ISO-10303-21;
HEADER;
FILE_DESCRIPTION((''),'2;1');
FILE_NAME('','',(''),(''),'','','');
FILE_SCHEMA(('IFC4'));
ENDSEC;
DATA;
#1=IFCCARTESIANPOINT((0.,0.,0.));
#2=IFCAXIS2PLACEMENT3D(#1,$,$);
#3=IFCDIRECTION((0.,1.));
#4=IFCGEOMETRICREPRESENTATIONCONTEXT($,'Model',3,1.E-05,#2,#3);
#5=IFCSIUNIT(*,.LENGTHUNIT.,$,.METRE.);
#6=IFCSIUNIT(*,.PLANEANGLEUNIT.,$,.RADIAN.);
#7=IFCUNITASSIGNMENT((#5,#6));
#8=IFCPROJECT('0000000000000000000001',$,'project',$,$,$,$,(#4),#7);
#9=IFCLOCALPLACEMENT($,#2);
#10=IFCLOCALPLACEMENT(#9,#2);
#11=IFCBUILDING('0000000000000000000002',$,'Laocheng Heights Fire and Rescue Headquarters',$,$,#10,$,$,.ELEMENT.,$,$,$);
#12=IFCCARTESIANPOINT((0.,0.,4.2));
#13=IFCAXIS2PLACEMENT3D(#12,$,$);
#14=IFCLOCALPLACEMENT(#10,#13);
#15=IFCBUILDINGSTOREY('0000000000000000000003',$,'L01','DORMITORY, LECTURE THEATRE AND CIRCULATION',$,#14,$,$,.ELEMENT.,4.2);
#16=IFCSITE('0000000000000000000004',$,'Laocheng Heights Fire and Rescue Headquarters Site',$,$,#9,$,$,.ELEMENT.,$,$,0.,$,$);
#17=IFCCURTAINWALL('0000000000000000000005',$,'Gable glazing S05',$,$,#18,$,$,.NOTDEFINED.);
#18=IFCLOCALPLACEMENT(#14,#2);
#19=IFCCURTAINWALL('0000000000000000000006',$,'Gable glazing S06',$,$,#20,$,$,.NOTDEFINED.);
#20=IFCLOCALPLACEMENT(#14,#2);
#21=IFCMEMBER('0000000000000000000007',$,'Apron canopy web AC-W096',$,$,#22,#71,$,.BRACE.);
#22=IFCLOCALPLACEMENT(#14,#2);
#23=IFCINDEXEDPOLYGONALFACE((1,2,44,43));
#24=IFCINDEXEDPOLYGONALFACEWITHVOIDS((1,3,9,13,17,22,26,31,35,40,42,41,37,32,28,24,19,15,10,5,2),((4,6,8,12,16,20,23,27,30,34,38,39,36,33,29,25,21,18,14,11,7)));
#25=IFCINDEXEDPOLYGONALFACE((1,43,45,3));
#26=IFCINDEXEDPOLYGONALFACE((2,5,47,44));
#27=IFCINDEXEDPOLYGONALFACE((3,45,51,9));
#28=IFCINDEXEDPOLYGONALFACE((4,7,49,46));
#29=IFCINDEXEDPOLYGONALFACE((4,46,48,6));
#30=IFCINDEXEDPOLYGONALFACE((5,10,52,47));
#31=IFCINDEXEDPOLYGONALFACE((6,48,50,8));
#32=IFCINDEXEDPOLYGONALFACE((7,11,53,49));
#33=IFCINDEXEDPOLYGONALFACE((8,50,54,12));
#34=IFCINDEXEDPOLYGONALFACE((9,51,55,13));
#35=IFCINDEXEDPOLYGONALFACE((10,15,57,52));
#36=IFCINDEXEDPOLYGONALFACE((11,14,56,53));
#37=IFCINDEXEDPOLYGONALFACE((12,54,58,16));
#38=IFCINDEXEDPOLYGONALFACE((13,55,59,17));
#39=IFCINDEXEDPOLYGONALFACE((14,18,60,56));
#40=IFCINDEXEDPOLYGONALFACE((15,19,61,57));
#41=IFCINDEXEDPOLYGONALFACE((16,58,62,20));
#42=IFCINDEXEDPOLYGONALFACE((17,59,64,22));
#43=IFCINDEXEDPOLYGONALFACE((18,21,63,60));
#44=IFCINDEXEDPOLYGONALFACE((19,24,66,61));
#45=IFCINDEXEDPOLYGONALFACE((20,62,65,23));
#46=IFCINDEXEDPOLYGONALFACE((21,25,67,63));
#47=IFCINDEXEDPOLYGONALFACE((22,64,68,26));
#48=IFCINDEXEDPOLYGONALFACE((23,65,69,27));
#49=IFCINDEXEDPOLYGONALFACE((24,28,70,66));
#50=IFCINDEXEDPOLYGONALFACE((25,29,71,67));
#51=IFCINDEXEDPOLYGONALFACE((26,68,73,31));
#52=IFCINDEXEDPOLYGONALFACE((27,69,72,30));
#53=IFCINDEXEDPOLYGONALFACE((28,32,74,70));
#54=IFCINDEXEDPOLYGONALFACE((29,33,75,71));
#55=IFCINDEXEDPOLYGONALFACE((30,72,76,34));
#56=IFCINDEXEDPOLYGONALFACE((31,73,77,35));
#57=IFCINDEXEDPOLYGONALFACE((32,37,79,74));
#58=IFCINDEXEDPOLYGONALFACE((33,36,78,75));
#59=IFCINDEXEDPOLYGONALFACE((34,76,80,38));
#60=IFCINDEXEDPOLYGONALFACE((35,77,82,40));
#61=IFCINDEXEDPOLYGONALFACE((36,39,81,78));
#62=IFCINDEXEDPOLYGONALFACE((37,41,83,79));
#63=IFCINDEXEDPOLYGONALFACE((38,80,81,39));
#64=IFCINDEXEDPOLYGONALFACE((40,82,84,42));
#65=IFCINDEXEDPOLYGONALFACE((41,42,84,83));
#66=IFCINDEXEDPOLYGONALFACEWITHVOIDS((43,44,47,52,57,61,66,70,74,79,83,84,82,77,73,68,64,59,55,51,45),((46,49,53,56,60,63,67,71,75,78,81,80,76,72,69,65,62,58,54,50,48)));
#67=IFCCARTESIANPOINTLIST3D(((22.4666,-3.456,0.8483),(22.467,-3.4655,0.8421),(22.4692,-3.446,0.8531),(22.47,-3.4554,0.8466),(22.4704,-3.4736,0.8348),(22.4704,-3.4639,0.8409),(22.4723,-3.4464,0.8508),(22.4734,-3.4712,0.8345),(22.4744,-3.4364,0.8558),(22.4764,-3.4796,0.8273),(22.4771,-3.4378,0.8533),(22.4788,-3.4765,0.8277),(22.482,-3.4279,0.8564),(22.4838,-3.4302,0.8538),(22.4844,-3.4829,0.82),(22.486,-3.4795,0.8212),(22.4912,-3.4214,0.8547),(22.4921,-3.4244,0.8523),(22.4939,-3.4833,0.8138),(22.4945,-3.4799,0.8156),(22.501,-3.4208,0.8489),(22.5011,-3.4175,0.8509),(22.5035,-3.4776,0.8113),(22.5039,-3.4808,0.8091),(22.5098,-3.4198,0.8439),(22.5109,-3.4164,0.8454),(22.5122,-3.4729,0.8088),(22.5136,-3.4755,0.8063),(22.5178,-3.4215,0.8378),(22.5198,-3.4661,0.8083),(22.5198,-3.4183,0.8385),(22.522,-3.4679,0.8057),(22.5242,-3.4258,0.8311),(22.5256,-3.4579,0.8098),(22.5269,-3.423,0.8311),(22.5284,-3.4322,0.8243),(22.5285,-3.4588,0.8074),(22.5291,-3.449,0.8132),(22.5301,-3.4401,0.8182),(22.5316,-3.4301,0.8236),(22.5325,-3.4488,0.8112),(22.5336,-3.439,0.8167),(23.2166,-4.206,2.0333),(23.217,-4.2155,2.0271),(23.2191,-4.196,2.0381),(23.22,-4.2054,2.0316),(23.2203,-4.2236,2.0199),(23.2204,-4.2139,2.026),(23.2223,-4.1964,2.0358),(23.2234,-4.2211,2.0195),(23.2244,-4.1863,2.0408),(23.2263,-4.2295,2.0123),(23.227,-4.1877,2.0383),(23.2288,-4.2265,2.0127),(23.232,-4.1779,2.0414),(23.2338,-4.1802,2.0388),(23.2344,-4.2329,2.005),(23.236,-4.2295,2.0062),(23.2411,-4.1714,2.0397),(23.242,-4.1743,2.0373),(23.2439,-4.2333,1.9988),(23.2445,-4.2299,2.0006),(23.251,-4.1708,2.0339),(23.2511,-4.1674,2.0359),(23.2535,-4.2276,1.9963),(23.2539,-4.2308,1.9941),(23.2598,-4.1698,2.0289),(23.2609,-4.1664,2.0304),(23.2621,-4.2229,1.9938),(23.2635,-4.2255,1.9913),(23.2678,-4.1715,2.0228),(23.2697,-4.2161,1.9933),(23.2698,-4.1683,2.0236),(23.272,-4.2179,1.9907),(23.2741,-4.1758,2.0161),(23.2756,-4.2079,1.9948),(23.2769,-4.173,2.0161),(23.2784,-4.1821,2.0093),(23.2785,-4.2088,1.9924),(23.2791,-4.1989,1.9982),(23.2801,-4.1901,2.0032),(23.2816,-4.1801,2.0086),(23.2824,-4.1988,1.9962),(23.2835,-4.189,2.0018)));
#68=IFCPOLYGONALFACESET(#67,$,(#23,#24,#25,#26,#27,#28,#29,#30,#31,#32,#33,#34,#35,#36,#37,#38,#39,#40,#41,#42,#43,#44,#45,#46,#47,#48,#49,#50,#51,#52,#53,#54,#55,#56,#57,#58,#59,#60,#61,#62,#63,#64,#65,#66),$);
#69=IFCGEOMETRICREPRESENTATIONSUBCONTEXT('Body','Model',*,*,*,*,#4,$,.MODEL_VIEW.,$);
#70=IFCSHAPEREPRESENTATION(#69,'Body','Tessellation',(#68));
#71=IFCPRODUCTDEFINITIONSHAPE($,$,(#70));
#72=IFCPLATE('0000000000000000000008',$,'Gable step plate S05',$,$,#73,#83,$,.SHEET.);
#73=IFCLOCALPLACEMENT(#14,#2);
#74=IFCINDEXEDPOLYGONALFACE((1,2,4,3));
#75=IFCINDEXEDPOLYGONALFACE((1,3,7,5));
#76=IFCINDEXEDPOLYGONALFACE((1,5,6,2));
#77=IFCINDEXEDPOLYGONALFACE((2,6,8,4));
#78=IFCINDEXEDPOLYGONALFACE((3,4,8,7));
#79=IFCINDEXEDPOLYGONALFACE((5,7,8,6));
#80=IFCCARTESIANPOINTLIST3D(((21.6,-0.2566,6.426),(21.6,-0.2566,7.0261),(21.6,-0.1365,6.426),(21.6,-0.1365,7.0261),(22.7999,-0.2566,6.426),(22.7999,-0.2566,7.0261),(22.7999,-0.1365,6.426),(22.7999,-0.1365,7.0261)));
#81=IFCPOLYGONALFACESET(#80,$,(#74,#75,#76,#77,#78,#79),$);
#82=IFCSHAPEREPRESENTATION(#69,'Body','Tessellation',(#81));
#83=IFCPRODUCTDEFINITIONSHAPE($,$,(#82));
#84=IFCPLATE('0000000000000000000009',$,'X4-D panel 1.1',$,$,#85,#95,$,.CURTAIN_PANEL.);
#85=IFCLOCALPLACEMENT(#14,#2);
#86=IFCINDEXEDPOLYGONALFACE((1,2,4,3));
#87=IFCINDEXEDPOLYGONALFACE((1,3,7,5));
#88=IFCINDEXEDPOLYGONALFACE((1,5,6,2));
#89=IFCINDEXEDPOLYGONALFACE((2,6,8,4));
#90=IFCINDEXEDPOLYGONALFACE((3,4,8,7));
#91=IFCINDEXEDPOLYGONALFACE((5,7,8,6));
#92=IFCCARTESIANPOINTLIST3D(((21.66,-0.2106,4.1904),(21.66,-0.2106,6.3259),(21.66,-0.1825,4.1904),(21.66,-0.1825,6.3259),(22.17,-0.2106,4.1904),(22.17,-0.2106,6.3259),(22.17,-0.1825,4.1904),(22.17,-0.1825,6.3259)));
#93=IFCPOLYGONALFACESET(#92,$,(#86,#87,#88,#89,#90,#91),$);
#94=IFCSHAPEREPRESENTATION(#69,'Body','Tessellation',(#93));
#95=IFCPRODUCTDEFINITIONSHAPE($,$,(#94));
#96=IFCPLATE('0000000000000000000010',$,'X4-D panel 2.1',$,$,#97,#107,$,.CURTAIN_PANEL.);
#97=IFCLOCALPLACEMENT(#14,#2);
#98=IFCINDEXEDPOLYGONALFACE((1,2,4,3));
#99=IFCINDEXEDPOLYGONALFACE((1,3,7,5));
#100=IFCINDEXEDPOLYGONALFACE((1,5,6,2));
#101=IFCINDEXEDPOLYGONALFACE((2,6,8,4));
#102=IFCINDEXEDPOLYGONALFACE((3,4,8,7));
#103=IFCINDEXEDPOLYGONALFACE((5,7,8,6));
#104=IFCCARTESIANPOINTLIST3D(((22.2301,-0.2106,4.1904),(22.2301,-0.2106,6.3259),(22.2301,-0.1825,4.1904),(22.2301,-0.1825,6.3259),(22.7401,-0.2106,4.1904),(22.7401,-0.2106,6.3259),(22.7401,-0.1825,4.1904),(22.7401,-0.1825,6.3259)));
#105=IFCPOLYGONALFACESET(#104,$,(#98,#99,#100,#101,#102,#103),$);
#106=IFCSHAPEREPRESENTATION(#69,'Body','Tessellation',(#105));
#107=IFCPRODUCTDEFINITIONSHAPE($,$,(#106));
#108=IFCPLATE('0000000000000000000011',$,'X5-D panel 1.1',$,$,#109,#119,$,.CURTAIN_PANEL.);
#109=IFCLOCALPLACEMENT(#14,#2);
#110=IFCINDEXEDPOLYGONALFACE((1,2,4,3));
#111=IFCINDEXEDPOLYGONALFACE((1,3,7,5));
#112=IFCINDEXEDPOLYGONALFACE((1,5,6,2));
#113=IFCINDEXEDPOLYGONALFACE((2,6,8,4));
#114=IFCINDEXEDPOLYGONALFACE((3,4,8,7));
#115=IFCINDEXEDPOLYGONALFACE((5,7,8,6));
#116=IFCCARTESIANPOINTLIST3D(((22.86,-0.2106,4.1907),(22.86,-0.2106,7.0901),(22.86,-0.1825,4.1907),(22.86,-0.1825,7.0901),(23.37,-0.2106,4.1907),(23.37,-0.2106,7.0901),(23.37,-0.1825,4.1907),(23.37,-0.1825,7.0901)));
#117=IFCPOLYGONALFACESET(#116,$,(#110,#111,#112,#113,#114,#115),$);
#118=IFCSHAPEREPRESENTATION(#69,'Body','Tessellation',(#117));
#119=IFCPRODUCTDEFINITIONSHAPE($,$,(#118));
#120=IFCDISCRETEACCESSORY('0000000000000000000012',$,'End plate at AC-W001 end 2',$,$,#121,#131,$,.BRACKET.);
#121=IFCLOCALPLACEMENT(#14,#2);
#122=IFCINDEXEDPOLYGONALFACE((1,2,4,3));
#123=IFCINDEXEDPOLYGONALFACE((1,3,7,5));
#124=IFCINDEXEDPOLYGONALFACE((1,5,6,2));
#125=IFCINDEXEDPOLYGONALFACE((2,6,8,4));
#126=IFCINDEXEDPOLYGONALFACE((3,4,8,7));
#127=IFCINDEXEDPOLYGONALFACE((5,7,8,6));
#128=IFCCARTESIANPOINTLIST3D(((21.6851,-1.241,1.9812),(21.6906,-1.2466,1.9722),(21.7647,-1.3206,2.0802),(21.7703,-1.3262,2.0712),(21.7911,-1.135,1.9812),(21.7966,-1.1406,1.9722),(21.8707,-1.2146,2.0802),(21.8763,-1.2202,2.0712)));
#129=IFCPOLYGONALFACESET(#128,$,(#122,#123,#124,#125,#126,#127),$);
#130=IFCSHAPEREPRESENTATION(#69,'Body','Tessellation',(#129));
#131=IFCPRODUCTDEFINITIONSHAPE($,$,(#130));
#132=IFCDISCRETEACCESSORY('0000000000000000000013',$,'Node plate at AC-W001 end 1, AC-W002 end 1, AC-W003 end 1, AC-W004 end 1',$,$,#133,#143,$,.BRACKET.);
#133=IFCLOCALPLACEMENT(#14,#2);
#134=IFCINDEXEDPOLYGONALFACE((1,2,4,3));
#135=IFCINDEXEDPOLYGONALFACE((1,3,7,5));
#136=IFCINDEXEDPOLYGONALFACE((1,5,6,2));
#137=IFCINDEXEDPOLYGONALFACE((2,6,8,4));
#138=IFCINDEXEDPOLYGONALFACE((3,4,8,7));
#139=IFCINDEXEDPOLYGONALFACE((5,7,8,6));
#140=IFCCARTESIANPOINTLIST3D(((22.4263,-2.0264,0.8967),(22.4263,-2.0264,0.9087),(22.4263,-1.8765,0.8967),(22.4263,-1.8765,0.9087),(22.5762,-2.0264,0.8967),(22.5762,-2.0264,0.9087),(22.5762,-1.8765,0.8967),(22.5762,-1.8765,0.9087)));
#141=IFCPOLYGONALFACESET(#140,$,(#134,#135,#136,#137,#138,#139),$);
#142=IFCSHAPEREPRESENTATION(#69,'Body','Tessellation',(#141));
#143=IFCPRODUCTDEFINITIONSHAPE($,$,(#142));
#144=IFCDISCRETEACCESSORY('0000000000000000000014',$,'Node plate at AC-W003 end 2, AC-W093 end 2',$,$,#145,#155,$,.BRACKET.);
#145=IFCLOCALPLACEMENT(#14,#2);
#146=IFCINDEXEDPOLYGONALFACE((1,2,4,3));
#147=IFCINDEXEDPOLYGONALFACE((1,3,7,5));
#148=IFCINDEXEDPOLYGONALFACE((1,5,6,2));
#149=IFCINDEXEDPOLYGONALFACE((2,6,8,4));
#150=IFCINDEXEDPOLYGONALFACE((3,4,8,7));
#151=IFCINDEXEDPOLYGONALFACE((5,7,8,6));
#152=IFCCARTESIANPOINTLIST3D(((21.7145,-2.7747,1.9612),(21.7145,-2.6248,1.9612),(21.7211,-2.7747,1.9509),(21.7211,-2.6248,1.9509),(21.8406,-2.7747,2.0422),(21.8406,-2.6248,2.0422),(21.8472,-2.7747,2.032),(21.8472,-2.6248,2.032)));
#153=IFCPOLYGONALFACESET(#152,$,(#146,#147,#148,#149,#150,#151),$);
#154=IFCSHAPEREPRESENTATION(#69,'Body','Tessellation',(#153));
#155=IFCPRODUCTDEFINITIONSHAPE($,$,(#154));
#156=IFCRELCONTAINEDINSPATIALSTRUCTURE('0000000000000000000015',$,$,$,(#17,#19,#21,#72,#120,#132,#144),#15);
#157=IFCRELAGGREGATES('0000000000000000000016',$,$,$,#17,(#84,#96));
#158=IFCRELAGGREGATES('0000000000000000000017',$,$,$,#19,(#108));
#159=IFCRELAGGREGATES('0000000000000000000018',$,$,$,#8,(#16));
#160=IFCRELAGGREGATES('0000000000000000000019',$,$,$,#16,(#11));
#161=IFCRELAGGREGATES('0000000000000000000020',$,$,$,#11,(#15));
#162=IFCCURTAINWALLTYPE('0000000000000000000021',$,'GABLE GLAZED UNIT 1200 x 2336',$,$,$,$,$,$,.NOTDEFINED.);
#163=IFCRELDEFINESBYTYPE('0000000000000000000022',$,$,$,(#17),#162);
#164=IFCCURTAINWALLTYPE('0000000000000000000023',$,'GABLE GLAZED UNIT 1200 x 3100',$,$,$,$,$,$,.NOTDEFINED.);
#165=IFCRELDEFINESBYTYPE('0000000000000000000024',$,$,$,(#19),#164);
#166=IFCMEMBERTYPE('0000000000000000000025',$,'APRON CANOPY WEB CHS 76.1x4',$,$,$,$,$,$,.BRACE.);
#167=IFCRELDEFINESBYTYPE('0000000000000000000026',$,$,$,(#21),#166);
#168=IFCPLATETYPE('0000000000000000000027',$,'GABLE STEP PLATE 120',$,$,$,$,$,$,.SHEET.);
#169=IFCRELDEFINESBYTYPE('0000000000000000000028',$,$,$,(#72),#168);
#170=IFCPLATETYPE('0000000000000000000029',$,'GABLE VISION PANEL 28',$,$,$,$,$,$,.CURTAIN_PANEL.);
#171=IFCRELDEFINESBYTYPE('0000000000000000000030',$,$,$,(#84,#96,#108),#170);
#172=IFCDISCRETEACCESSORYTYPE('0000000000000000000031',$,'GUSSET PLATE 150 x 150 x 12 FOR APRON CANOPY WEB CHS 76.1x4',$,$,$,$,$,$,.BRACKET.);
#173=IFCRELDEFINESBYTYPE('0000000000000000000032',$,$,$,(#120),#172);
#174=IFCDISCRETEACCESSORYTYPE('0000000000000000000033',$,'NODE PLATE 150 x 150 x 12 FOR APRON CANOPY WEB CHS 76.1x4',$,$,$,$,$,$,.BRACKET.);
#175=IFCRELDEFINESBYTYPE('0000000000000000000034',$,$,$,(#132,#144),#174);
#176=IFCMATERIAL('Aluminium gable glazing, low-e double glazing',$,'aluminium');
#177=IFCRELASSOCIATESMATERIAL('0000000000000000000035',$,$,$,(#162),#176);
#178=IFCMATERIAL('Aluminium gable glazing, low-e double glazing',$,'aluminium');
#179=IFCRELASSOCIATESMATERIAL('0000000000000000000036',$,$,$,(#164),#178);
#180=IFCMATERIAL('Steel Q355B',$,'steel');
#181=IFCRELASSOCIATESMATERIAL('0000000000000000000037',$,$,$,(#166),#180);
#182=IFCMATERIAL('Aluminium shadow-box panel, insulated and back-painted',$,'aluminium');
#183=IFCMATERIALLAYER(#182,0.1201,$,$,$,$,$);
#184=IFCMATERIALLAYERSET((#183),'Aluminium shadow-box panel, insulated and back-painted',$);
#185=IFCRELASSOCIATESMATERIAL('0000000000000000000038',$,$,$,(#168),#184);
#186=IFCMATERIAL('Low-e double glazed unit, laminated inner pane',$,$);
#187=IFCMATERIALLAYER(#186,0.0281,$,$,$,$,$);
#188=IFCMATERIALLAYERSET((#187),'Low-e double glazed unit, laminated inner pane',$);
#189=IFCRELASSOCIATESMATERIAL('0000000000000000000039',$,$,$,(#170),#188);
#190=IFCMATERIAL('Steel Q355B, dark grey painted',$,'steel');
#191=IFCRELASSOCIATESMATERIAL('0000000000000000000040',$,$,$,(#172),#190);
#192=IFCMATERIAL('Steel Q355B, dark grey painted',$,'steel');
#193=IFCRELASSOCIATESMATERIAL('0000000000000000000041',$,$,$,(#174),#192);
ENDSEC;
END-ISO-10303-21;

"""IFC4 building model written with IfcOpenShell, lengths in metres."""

from ifc_helpers import new_model, si_unit, direction, frame, origin, origin_2d, place, context, subcontext, project, spatial, rectangle, hollow_circle, extrude, material, layer, layer_set, material_profile, profile_set, type_object, element, aggregate, save


model = new_model("IFC4")

# Units and contexts
model_context = context("Model", 3, precision=1e-05, world=origin(), true_north=direction((0.0, 1.0)))
body_context = subcontext(model_context, "Body", "Model", "MODEL_VIEW")
ifc_project = project(units=[si_unit("LENGTHUNIT", "METRE"), si_unit("PLANEANGLEUNIT", "RADIAN")], contexts=[model_context])

# Site, building, storey
site_placement = place(None, origin())
site = spatial("IfcSite", under=ifc_project, at=site_placement, Name="Laocheng Heights Fire and Rescue Headquarters Site", CompositionType="ELEMENT", RefElevation=0.0)
building_placement = place(site_placement, origin())
building = spatial("IfcBuilding", under=site, at=building_placement, Name="Laocheng Heights Fire and Rescue Headquarters", CompositionType="ELEMENT")
storey_placement = place(building_placement, frame((0.0, 0.0, 4.2)))
storey = spatial("IfcBuildingStorey", under=building, at=storey_placement, Name="L01", Description="DORMITORY, LECTURE THEATRE AND CIRCULATION", CompositionType="ELEMENT", Elevation=4.2)

# Curtain wall
ifc_material_1 = material(Name="Aluminium gable glazing, low-e double glazing", Category="aluminium")
curtain_wall_type_1 = type_object("IfcCurtainWallType", Name="GABLE GLAZED UNIT 1200 x 2336", PredefinedType="NOTDEFINED", material=ifc_material_1)
curtain_wall_1_placement = place(storey_placement, origin())
curtain_wall_1 = element("IfcCurtainWall", 1, at=curtain_wall_1_placement, inside=storey, type_object=curtain_wall_type_1, Name="Gable glazing S05", PredefinedType="NOTDEFINED")

# Curtain wall
ifc_material_2 = material(Name="Aluminium gable glazing, low-e double glazing", Category="aluminium")
curtain_wall_type_2 = type_object("IfcCurtainWallType", Name="GABLE GLAZED UNIT 1200 x 3100", PredefinedType="NOTDEFINED", material=ifc_material_2)
curtain_wall_2_placement = place(storey_placement, origin())
curtain_wall_2 = element("IfcCurtainWall", 2, at=curtain_wall_2_placement, inside=storey, type_object=curtain_wall_type_2, Name="Gable glazing S06", PredefinedType="NOTDEFINED")

# Member
ifc_material_3 = material(Name="Steel Q355B", Category="steel")
ifc_material_profile_1 = material_profile(ifc_material_3, hollow_circle(Radius=0.0381, WallThickness=0.0039, at=origin_2d()), Name="CHS 76.1x4")
ifc_profile_set_1 = profile_set([ifc_material_profile_1], Name="Steel Q355B")
member_type_1 = type_object("IfcMemberType", Name="APRON CANOPY WEB CHS 76.1x4", PredefinedType="BRACE", material=ifc_profile_set_1)
for number, where, z_axis, x_axis, name in (
    (3, (22.5, -3.45, 0.8311), (0.47158, -0.47158, 0.745134), (0.707107, 0.707107, 0.0), "Apron canopy web AC-W096"),
):
    element("IfcMember", number, at=place(storey_placement, frame(where, z_axis=z_axis, x_axis=x_axis)), inside=storey, type_object=member_type_1, Name=name, PredefinedType="BRACE", context=body_context, shape_type="SweptSolid", body=[
        extrude(hollow_circle(Radius=0.0381, WallThickness=0.0039, at=origin_2d()), origin(), (0.0, 0.0, 1.0), 1.5903),
    ])

# Plates
ifc_material_4 = material(Name="Aluminium shadow-box panel, insulated and back-painted", Category="aluminium")
ifc_layer_1 = layer(ifc_material_4, 0.1201)
ifc_layer_set_1 = layer_set([ifc_layer_1], Name="Aluminium shadow-box panel, insulated and back-painted")
plate_type_1 = type_object("IfcPlateType", Name="GABLE STEP PLATE 120", PredefinedType="SHEET", material=ifc_layer_set_1)
plate_1_placement = place(storey_placement, frame((22.2, -0.1965, 6.426), z_axis=(0.0, 0.0, 1.0), x_axis=(1.0, 0.0, 0.0)))
element("IfcPlate", 4, at=plate_1_placement, inside=storey, type_object=plate_type_1, Name="Gable step plate S05", PredefinedType="SHEET", context=body_context, shape_type="SweptSolid", body=[
    extrude(rectangle(XDim=1.2, YDim=0.1201, at=origin_2d()), origin(), (0.0, 0.0, 1.0), 0.6001),
])
ifc_material_5 = material(Name="Low-e double glazed unit, laminated inner pane")
ifc_layer_2 = layer(ifc_material_5, 0.0281)
ifc_layer_set_2 = layer_set([ifc_layer_2], Name="Low-e double glazed unit, laminated inner pane")
plate_type_2 = type_object("IfcPlateType", Name="GABLE VISION PANEL 28", PredefinedType="CURTAIN_PANEL", material=ifc_layer_set_2)
plate_2_placement = place(storey_placement, frame((21.915, -0.1965, 4.1904), z_axis=(0.0, 0.0, 1.0), x_axis=(1.0, 0.0, 0.0)))
plate_2 = element("IfcPlate", 5, at=plate_2_placement, type_object=plate_type_2, Name="X4-D panel 1.1", PredefinedType="CURTAIN_PANEL", context=body_context, shape_type="SweptSolid", body=[
    extrude(rectangle(XDim=0.51, YDim=0.0281, at=origin_2d()), origin(), (0.0, 0.0, 1.0), 2.1355),
])
plate_3_placement = place(storey_placement, frame((22.4851, -0.1965, 4.1904), z_axis=(0.0, 0.0, 1.0), x_axis=(1.0, 0.0, 0.0)))
plate_3 = element("IfcPlate", 6, at=plate_3_placement, type_object=plate_type_2, Name="X4-D panel 2.1", PredefinedType="CURTAIN_PANEL", context=body_context, shape_type="SweptSolid", body=[
    extrude(rectangle(XDim=0.51, YDim=0.0281, at=origin_2d()), origin(), (0.0, 0.0, 1.0), 2.1355),
])
aggregate(curtain_wall_1, [plate_2, plate_3])
plate_4_placement = place(storey_placement, frame((23.115, -0.1965, 4.1907), z_axis=(0.0, 0.0, 1.0), x_axis=(1.0, 0.0, 0.0)))
plate_4 = element("IfcPlate", 7, at=plate_4_placement, type_object=plate_type_2, Name="X5-D panel 1.1", PredefinedType="CURTAIN_PANEL", context=body_context, shape_type="SweptSolid", body=[
    extrude(rectangle(XDim=0.51, YDim=0.0281, at=origin_2d()), origin(), (0.0, 0.0, 1.0), 2.8994),
])
aggregate(curtain_wall_2, [plate_4])

# Discrete accessories
ifc_material_6 = material(Name="Steel Q355B, dark grey painted", Category="steel")
ifc_material_profile_2 = material_profile(ifc_material_6, rectangle(XDim=0.1499, YDim=0.1499, at=origin_2d()), Name="GUSSET PLATE 150 x 150 x 12 FOR APRON CANOPY WEB CHS 76.1x4")
ifc_profile_set_2 = profile_set([ifc_material_profile_2], Name="Steel Q355B, dark grey painted")
discrete_accessory_type_1 = type_object("IfcDiscreteAccessoryType", Name="GUSSET PLATE 150 x 150 x 12 FOR APRON CANOPY WEB CHS 76.1x4", PredefinedType="BRACKET", material=ifc_profile_set_2)
discrete_accessory_1_placement = place(storey_placement, frame((21.7834, -1.2334, 2.0217), z_axis=(-0.466867, 0.466867, 0.751047), x_axis=(-0.707107, -0.707107, 0.0)))
element("IfcDiscreteAccessory", 8, at=discrete_accessory_1_placement, inside=storey, type_object=discrete_accessory_type_1, Name="End plate at AC-W001 end 2", PredefinedType="BRACKET", context=body_context, shape_type="SweptSolid", body=[
    extrude(rectangle(XDim=0.1499, YDim=0.1499, at=origin_2d()), origin(), (0.0, 0.0, 1.0), 0.012),
])
ifc_material_7 = material(Name="Steel Q355B, dark grey painted", Category="steel")
ifc_material_profile_3 = material_profile(ifc_material_7, rectangle(XDim=0.1499, YDim=0.1499, at=origin_2d()), Name="NODE PLATE 150 x 150 x 12 FOR APRON CANOPY WEB CHS 76.1x4")
ifc_profile_set_3 = profile_set([ifc_material_profile_3], Name="Steel Q355B, dark grey painted")
discrete_accessory_type_2 = type_object("IfcDiscreteAccessoryType", Name="NODE PLATE 150 x 150 x 12 FOR APRON CANOPY WEB CHS 76.1x4", PredefinedType="BRACKET", material=ifc_profile_set_3)
discrete_accessory_2_placement = place(storey_placement, frame((22.5012, -1.9514, 0.8967), z_axis=(0.0, 0.0, 1.0), x_axis=(1.0, 0.0, 0.0)))
element("IfcDiscreteAccessory", 9, at=discrete_accessory_2_placement, inside=storey, type_object=discrete_accessory_type_2, Name="Node plate at AC-W001 end 1, AC-W002 end 1, AC-W003 end 1, AC-W004 end 1", PredefinedType="BRACKET", context=body_context, shape_type="SweptSolid", body=[
    extrude(rectangle(XDim=0.1499, YDim=0.1499, at=origin_2d()), origin(), (0.0, 0.0, 1.0), 0.012),
])
discrete_accessory_3_placement = place(storey_placement, frame((21.7776, -2.6997, 2.0017), z_axis=(0.540758, 0.0, -0.841178), x_axis=(0.0, 1.0, 0.0)))
element("IfcDiscreteAccessory", 10, at=discrete_accessory_3_placement, inside=storey, type_object=discrete_accessory_type_2, Name="Node plate at AC-W003 end 2, AC-W093 end 2", PredefinedType="BRACKET", context=body_context, shape_type="SweptSolid", body=[
    extrude(rectangle(XDim=0.1499, YDim=0.1499, at=origin_2d()), origin(), (0.0, 0.0, 1.0), 0.0122),
])

save(model, "model.ifc")
